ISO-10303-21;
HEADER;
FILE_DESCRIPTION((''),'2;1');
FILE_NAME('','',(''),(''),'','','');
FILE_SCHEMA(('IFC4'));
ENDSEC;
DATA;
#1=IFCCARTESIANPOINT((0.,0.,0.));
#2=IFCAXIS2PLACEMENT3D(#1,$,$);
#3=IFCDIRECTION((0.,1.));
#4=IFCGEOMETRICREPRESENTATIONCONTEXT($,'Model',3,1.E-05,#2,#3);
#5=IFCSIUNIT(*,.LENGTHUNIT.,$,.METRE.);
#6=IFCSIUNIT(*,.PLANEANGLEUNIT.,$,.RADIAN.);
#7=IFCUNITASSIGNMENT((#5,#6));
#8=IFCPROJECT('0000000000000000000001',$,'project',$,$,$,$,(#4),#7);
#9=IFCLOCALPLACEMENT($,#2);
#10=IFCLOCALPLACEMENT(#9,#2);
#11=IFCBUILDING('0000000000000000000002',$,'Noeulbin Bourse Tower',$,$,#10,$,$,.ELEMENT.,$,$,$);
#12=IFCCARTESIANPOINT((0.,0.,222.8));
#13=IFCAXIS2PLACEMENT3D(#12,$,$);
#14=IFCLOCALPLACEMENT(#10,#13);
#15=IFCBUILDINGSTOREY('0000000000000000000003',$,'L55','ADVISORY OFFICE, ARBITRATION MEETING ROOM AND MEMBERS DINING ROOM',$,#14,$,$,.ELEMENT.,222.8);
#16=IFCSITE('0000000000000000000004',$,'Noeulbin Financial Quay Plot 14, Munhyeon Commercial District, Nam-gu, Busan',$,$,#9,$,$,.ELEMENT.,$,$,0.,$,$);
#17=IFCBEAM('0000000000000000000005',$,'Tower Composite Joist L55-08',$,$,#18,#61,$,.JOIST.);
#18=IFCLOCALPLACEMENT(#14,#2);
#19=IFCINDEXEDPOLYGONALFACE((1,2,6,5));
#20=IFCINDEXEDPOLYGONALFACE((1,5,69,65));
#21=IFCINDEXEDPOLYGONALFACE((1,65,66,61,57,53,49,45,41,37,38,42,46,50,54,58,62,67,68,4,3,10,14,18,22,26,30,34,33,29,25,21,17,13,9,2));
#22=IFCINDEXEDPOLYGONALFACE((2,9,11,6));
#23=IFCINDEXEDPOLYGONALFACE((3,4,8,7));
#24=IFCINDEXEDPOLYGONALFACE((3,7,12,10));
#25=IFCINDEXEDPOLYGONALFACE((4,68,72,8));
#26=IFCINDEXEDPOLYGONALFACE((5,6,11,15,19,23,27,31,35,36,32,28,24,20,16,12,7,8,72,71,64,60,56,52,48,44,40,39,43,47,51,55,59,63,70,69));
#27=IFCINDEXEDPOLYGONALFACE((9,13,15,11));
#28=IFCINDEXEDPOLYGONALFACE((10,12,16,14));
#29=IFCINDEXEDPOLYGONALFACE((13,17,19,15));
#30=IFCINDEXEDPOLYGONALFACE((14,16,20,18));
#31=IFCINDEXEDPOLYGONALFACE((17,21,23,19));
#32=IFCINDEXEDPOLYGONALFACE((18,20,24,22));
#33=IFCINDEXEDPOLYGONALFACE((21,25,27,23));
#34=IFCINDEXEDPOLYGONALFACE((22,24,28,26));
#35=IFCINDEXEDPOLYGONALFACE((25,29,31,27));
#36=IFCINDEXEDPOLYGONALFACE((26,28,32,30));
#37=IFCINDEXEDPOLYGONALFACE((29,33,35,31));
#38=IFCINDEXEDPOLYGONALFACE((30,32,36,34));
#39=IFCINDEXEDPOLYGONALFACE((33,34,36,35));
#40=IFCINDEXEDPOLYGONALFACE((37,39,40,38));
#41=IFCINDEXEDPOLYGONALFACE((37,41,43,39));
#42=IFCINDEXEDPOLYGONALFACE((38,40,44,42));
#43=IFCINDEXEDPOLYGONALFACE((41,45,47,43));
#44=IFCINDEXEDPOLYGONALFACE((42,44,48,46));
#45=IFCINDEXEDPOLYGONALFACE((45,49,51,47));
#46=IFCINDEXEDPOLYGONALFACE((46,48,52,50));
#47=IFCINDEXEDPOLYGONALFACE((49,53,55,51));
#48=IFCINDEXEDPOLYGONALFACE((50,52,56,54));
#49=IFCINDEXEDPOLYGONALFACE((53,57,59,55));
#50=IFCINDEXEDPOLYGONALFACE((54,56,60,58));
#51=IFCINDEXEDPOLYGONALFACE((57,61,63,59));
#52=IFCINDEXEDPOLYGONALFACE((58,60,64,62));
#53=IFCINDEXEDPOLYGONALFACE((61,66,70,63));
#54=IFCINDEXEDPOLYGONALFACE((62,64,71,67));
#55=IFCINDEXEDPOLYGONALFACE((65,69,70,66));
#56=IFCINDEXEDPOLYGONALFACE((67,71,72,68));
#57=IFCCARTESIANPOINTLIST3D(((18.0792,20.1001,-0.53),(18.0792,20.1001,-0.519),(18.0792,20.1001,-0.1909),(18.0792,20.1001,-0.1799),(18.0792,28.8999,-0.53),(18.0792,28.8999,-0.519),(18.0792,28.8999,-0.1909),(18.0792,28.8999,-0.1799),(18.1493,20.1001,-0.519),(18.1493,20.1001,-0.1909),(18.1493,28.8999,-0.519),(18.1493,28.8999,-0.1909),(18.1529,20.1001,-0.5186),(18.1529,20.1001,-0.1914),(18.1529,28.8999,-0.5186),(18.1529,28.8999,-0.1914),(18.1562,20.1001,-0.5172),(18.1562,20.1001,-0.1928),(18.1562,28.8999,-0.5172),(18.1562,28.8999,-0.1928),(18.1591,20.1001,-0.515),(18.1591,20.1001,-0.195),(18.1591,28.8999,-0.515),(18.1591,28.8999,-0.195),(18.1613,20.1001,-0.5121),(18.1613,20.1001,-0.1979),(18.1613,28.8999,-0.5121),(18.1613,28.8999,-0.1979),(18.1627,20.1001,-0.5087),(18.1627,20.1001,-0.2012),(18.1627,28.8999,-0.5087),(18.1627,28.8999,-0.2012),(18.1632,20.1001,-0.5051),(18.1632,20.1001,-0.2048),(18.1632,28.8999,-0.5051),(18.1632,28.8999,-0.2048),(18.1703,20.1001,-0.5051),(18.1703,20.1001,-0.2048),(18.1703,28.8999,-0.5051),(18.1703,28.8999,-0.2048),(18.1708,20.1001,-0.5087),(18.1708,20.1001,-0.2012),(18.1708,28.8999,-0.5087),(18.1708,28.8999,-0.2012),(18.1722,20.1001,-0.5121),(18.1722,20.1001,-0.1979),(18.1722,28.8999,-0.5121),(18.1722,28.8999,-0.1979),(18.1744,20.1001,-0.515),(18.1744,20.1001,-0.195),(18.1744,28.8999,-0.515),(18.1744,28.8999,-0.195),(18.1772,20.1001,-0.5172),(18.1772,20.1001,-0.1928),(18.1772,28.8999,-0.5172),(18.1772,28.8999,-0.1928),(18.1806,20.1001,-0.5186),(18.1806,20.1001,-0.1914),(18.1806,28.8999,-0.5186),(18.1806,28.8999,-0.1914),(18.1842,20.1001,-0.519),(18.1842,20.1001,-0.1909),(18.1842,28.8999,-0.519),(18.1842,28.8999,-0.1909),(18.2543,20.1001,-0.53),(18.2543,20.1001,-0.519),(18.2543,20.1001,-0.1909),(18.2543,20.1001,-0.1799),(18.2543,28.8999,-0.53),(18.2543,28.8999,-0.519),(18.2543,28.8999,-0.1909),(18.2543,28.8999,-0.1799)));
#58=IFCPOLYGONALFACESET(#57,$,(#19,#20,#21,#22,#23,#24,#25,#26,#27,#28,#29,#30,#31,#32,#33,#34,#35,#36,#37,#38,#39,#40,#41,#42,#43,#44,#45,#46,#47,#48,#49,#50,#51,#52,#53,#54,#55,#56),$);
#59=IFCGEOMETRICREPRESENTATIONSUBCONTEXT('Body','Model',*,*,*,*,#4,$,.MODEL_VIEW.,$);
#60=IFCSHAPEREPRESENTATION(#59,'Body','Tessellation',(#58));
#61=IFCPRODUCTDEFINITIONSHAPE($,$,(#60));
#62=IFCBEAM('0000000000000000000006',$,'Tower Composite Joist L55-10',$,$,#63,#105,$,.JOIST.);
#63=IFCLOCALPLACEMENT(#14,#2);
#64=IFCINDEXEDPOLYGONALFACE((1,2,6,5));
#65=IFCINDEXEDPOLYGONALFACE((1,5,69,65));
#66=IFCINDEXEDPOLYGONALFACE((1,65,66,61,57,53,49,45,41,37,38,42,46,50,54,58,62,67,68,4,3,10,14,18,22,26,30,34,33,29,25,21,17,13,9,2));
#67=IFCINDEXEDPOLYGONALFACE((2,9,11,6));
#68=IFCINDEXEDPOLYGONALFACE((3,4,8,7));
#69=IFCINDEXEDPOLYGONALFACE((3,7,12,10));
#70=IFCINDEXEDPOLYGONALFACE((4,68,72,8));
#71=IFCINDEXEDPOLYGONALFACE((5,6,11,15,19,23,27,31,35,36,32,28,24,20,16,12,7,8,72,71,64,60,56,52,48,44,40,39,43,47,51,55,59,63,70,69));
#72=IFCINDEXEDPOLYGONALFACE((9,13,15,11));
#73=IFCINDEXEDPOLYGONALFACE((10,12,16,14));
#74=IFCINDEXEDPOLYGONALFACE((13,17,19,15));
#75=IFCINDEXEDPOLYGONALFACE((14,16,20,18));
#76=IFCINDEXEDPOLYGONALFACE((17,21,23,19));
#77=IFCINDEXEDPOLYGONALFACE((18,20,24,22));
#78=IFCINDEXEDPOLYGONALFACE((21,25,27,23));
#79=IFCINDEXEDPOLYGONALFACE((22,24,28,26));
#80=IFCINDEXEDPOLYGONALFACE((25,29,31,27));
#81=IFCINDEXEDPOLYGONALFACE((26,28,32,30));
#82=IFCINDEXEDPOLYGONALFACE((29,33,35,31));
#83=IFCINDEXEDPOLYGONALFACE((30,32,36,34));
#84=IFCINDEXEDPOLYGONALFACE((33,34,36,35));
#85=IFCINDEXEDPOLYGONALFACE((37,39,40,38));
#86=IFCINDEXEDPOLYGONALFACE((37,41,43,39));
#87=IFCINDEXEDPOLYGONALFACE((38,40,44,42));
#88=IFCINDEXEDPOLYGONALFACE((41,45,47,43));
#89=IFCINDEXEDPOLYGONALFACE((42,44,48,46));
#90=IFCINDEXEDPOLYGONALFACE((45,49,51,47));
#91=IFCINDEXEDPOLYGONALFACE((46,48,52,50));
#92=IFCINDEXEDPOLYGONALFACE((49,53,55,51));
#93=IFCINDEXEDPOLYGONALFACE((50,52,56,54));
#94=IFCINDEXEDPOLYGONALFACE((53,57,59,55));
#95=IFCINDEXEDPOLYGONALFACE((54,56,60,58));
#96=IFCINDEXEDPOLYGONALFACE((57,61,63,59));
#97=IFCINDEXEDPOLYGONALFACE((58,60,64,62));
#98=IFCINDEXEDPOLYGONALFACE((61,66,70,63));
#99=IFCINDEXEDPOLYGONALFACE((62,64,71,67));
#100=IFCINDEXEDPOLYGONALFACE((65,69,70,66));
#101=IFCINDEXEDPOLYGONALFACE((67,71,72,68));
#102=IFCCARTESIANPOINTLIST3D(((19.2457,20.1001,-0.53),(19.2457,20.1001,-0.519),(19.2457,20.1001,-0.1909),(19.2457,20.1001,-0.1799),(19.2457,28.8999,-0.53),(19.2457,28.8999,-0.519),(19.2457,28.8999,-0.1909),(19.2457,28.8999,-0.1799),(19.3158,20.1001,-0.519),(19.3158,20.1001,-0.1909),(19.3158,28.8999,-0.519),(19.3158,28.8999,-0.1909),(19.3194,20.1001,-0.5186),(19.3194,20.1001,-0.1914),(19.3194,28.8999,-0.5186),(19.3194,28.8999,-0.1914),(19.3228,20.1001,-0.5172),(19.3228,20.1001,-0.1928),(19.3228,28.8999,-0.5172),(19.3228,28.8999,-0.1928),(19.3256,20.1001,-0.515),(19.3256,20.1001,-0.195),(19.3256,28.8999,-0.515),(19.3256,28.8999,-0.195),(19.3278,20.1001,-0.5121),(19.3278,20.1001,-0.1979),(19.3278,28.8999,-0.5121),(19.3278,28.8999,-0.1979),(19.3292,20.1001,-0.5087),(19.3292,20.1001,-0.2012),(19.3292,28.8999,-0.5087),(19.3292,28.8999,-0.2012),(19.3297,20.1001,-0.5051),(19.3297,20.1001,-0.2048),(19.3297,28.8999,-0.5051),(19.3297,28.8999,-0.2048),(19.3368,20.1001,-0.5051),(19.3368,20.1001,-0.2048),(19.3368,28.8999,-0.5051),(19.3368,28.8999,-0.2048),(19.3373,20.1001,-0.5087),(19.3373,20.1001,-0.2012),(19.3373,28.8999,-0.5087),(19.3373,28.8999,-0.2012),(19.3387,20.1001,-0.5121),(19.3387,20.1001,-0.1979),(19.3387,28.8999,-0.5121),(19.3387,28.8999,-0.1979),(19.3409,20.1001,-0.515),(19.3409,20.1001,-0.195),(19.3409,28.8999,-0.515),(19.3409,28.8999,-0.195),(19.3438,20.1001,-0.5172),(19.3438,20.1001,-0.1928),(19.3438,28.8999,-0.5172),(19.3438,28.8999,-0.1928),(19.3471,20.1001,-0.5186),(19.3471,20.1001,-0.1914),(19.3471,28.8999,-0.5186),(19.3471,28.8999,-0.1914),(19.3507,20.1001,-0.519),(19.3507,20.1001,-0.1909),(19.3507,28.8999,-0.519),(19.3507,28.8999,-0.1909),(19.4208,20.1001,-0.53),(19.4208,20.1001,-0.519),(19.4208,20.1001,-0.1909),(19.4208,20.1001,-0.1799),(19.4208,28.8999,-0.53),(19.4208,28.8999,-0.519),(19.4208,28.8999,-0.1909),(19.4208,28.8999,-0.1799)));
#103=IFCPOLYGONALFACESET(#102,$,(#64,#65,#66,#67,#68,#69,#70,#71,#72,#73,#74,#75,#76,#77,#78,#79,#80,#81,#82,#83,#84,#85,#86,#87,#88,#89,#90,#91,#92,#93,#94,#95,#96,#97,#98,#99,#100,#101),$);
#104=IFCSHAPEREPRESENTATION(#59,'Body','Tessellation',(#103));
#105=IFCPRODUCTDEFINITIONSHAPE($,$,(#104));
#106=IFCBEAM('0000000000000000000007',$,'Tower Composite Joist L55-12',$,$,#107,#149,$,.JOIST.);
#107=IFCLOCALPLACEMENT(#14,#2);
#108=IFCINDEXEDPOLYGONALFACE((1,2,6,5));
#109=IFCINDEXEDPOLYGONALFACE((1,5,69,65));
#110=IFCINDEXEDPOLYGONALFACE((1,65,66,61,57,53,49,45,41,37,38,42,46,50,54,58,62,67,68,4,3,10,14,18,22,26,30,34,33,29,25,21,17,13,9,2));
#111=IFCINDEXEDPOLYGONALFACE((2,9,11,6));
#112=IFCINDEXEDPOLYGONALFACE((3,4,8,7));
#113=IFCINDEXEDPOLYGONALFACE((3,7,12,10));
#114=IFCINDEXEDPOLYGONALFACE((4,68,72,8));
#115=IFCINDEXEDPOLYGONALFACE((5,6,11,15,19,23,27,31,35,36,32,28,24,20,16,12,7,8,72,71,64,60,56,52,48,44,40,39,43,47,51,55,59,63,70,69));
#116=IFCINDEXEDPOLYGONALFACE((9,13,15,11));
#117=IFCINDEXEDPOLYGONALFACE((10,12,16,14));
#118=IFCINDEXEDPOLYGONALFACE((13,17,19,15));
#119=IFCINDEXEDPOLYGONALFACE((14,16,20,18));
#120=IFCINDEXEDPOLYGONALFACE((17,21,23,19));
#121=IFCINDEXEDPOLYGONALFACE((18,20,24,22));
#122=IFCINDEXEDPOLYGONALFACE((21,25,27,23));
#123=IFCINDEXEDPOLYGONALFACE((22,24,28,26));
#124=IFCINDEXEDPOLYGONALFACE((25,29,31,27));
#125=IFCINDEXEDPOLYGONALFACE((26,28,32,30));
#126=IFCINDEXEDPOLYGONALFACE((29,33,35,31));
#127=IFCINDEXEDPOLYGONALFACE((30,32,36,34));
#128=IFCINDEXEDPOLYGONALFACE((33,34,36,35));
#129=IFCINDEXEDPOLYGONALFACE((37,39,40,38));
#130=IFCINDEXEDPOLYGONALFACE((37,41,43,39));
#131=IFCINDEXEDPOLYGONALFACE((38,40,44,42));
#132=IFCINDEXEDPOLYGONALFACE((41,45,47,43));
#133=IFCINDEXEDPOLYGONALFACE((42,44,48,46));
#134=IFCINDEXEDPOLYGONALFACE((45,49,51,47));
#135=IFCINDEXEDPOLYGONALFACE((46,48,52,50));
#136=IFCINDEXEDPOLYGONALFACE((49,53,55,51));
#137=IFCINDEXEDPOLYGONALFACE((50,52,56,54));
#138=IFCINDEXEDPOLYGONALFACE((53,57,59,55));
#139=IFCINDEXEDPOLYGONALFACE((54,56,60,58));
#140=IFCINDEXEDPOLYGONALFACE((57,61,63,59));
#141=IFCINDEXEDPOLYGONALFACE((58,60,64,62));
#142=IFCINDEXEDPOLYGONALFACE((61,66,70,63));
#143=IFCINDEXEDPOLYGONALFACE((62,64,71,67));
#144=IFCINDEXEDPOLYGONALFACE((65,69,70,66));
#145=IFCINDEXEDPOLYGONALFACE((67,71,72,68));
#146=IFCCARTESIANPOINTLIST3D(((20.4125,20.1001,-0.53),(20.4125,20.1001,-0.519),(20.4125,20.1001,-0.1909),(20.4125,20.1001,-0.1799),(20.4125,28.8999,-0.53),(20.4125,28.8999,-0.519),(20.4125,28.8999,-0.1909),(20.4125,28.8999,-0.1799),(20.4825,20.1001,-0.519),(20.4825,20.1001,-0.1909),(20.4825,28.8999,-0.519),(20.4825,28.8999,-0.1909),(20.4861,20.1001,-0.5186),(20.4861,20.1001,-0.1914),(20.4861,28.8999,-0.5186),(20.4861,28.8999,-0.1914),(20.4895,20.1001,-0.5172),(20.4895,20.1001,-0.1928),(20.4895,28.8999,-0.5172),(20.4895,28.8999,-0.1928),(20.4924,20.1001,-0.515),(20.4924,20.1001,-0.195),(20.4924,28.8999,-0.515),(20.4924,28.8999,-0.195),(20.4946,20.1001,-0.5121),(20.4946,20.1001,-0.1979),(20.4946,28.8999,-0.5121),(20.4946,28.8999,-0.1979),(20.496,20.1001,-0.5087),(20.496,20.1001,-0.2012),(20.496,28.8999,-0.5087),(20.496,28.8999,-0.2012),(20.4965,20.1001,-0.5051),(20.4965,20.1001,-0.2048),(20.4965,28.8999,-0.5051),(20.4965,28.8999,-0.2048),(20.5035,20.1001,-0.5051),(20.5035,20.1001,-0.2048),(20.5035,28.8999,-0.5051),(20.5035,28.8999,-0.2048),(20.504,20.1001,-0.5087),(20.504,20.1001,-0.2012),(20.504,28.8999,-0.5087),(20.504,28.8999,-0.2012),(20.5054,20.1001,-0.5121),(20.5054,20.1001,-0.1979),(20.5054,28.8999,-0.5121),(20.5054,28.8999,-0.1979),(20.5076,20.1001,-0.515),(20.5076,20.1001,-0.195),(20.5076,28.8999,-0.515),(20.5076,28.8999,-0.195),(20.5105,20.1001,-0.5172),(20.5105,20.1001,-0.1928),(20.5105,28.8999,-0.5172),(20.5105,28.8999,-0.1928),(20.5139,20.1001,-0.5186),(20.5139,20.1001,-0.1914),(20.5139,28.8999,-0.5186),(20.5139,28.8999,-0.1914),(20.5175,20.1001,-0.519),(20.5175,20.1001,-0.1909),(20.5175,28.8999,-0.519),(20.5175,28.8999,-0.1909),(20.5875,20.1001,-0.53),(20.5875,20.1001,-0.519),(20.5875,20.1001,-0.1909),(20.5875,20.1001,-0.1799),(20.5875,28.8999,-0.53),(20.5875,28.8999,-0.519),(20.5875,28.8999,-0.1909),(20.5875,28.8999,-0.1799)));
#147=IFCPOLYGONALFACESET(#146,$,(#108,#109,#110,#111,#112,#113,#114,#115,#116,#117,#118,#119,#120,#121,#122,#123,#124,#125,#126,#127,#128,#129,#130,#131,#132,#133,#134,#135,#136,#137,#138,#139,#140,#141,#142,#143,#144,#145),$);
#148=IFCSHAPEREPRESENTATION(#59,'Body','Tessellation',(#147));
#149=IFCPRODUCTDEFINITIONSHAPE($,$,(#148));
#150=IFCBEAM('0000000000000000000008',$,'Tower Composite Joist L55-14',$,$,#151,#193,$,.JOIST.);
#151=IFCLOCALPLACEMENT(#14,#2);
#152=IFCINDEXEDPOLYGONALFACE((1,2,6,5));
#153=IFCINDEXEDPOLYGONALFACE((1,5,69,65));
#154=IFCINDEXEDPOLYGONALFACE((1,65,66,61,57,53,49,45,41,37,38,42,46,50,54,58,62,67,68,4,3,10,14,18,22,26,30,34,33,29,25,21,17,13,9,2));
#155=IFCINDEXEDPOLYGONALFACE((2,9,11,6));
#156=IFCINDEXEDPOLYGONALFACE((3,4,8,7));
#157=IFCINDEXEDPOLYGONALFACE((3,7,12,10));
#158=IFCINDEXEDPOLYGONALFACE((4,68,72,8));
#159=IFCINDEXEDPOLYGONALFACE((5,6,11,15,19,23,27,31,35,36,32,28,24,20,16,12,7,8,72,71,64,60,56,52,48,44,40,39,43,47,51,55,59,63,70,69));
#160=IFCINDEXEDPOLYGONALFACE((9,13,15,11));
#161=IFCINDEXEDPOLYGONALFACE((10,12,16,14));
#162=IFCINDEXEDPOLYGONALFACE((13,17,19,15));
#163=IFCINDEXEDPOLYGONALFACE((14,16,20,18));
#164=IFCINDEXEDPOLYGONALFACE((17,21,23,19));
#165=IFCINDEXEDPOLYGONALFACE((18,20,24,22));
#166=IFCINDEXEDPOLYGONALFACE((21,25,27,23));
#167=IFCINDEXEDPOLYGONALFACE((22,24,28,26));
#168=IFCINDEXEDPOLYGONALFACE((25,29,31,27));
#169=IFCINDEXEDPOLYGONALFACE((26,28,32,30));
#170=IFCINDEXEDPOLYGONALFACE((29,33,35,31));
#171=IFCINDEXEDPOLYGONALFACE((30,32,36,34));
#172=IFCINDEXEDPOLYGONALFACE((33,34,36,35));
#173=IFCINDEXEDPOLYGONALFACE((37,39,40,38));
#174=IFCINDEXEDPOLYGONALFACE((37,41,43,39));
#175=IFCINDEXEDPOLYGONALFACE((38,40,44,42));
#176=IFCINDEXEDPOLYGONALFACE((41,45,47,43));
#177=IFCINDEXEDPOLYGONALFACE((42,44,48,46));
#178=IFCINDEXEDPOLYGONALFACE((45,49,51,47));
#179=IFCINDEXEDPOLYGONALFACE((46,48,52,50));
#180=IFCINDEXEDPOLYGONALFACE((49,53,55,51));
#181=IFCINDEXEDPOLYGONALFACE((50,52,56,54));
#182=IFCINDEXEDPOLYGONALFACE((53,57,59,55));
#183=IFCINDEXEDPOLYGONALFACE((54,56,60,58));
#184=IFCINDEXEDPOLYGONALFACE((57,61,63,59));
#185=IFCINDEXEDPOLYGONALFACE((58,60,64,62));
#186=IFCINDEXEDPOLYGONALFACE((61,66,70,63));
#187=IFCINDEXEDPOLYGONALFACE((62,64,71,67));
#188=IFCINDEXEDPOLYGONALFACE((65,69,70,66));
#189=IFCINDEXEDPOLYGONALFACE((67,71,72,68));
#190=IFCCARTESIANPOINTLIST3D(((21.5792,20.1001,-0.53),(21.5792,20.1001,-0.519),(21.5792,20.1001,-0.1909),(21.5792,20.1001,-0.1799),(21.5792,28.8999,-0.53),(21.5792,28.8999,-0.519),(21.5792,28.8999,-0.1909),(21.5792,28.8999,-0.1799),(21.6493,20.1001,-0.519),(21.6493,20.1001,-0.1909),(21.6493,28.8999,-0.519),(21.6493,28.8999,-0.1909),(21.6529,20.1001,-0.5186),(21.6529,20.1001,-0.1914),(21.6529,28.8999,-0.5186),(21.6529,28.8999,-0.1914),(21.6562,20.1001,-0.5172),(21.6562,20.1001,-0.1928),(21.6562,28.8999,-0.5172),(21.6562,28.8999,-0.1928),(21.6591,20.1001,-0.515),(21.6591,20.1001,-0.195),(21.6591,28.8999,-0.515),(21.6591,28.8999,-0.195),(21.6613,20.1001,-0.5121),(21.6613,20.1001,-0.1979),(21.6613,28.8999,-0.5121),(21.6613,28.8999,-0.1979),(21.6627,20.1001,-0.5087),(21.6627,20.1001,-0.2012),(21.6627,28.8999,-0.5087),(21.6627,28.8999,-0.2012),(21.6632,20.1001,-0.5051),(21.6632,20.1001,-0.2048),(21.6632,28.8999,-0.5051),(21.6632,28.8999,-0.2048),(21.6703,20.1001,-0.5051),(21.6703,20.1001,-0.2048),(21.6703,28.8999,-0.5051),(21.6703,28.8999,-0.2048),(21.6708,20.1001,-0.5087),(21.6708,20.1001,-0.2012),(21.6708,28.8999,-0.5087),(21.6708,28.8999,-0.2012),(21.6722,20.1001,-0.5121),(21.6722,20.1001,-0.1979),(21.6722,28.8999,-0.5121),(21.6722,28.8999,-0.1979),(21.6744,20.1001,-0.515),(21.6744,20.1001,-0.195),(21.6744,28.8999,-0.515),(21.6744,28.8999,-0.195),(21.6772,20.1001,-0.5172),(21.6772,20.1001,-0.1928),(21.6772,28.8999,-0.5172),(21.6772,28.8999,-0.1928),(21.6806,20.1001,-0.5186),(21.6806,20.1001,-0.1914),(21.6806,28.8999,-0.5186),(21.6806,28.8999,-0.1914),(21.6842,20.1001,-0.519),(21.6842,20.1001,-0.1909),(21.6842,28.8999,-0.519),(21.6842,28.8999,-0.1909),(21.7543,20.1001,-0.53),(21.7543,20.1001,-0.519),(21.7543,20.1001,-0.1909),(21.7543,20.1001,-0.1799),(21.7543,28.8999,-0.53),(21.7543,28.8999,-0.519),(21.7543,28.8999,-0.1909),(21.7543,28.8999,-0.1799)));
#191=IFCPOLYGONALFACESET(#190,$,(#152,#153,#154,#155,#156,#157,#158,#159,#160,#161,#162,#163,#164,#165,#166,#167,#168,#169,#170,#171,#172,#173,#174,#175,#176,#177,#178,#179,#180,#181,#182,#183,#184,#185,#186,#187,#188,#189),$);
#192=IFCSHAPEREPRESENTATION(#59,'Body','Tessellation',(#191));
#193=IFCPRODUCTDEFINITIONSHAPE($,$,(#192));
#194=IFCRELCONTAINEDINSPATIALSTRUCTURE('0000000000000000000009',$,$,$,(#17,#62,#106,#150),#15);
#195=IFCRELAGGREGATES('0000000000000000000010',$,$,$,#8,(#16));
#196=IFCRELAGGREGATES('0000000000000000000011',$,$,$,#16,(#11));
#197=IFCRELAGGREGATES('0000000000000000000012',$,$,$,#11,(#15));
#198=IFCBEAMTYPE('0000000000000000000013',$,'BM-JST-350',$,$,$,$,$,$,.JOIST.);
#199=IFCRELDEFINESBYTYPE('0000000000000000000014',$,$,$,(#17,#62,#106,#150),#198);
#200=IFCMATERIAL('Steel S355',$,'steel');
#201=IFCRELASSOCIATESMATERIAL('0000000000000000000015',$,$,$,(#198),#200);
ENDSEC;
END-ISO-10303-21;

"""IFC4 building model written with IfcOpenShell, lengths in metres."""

from ifc_helpers import new_model, si_unit, direction, frame, origin, origin_2d, place, context, subcontext, project, spatial, i_section, extrude, material, material_profile, profile_set, type_object, element, save


model = new_model("IFC4")

# Units and contexts
model_context = context("Model", 3, precision=1e-05, world=origin(), true_north=direction((0.0, 1.0)))
body_context = subcontext(model_context, "Body", "Model", "MODEL_VIEW")
ifc_project = project(units=[si_unit("LENGTHUNIT", "METRE"), si_unit("PLANEANGLEUNIT", "RADIAN")], contexts=[model_context])

# Site, building, storey
site_placement = place(None, origin())
site = spatial("IfcSite", under=ifc_project, at=site_placement, Name="Noeulbin Financial Quay Plot 14, Munhyeon Commercial District, Nam-gu, Busan", CompositionType="ELEMENT", RefElevation=0.0)
building_placement = place(site_placement, origin())
building = spatial("IfcBuilding", under=site, at=building_placement, Name="Noeulbin Bourse Tower", CompositionType="ELEMENT")
storey_placement = place(building_placement, frame((0.0, 0.0, 222.8)))
storey = spatial("IfcBuildingStorey", under=building, at=storey_placement, Name="L55", Description="ADVISORY OFFICE, ARBITRATION MEETING ROOM AND MEMBERS DINING ROOM", CompositionType="ELEMENT", Elevation=222.8)

# Shared definitions
ifc_material_1 = material(Name="Steel S355", Category="steel")

# Beams
ifc_material_profile_1 = material_profile(ifc_material_1, i_section(OverallWidth=0.175, OverallDepth=0.3501, WebThickness=0.0071, FlangeThickness=0.011, FilletRadius=0.0139, at=origin_2d()), Name="H-350x175x7x11", Category="LoadBearing")
ifc_profile_set_1 = profile_set([ifc_material_profile_1], Name="Steel S355")
beam_type_1 = type_object("IfcBeamType", Name="BM-JST-350", PredefinedType="JOIST", material=ifc_profile_set_1)
for number, where, z_axis, x_axis, name in (
    (1, (18.1667, 20.1001, -0.355), (0.0, 1.0, 0.0), (-1.0, 0.0, 0.0), "Tower Composite Joist L55-08"),
    (2, (19.3333, 20.1001, -0.355), (0.0, 1.0, 0.0), (-1.0, 0.0, 0.0), "Tower Composite Joist L55-10"),
    (3, (20.5, 20.1001, -0.355), (0.0, 1.0, 0.0), (-1.0, 0.0, 0.0), "Tower Composite Joist L55-12"),
    (4, (21.6667, 20.1001, -0.355), (0.0, 1.0, 0.0), (-1.0, 0.0, 0.0), "Tower Composite Joist L55-14"),
):
    element("IfcBeam", number, at=place(storey_placement, frame(where, z_axis=z_axis, x_axis=x_axis)), inside=storey, type_object=beam_type_1, Name=name, PredefinedType="JOIST", context=body_context, shape_type="SweptSolid", body=[
        extrude(i_section(OverallWidth=0.175, OverallDepth=0.3501, WebThickness=0.0071, FlangeThickness=0.011, FilletRadius=0.0139, at=origin_2d()), origin(), (0.0, 0.0, 1.0), 8.7998),
    ])

save(model, "model.ifc")
